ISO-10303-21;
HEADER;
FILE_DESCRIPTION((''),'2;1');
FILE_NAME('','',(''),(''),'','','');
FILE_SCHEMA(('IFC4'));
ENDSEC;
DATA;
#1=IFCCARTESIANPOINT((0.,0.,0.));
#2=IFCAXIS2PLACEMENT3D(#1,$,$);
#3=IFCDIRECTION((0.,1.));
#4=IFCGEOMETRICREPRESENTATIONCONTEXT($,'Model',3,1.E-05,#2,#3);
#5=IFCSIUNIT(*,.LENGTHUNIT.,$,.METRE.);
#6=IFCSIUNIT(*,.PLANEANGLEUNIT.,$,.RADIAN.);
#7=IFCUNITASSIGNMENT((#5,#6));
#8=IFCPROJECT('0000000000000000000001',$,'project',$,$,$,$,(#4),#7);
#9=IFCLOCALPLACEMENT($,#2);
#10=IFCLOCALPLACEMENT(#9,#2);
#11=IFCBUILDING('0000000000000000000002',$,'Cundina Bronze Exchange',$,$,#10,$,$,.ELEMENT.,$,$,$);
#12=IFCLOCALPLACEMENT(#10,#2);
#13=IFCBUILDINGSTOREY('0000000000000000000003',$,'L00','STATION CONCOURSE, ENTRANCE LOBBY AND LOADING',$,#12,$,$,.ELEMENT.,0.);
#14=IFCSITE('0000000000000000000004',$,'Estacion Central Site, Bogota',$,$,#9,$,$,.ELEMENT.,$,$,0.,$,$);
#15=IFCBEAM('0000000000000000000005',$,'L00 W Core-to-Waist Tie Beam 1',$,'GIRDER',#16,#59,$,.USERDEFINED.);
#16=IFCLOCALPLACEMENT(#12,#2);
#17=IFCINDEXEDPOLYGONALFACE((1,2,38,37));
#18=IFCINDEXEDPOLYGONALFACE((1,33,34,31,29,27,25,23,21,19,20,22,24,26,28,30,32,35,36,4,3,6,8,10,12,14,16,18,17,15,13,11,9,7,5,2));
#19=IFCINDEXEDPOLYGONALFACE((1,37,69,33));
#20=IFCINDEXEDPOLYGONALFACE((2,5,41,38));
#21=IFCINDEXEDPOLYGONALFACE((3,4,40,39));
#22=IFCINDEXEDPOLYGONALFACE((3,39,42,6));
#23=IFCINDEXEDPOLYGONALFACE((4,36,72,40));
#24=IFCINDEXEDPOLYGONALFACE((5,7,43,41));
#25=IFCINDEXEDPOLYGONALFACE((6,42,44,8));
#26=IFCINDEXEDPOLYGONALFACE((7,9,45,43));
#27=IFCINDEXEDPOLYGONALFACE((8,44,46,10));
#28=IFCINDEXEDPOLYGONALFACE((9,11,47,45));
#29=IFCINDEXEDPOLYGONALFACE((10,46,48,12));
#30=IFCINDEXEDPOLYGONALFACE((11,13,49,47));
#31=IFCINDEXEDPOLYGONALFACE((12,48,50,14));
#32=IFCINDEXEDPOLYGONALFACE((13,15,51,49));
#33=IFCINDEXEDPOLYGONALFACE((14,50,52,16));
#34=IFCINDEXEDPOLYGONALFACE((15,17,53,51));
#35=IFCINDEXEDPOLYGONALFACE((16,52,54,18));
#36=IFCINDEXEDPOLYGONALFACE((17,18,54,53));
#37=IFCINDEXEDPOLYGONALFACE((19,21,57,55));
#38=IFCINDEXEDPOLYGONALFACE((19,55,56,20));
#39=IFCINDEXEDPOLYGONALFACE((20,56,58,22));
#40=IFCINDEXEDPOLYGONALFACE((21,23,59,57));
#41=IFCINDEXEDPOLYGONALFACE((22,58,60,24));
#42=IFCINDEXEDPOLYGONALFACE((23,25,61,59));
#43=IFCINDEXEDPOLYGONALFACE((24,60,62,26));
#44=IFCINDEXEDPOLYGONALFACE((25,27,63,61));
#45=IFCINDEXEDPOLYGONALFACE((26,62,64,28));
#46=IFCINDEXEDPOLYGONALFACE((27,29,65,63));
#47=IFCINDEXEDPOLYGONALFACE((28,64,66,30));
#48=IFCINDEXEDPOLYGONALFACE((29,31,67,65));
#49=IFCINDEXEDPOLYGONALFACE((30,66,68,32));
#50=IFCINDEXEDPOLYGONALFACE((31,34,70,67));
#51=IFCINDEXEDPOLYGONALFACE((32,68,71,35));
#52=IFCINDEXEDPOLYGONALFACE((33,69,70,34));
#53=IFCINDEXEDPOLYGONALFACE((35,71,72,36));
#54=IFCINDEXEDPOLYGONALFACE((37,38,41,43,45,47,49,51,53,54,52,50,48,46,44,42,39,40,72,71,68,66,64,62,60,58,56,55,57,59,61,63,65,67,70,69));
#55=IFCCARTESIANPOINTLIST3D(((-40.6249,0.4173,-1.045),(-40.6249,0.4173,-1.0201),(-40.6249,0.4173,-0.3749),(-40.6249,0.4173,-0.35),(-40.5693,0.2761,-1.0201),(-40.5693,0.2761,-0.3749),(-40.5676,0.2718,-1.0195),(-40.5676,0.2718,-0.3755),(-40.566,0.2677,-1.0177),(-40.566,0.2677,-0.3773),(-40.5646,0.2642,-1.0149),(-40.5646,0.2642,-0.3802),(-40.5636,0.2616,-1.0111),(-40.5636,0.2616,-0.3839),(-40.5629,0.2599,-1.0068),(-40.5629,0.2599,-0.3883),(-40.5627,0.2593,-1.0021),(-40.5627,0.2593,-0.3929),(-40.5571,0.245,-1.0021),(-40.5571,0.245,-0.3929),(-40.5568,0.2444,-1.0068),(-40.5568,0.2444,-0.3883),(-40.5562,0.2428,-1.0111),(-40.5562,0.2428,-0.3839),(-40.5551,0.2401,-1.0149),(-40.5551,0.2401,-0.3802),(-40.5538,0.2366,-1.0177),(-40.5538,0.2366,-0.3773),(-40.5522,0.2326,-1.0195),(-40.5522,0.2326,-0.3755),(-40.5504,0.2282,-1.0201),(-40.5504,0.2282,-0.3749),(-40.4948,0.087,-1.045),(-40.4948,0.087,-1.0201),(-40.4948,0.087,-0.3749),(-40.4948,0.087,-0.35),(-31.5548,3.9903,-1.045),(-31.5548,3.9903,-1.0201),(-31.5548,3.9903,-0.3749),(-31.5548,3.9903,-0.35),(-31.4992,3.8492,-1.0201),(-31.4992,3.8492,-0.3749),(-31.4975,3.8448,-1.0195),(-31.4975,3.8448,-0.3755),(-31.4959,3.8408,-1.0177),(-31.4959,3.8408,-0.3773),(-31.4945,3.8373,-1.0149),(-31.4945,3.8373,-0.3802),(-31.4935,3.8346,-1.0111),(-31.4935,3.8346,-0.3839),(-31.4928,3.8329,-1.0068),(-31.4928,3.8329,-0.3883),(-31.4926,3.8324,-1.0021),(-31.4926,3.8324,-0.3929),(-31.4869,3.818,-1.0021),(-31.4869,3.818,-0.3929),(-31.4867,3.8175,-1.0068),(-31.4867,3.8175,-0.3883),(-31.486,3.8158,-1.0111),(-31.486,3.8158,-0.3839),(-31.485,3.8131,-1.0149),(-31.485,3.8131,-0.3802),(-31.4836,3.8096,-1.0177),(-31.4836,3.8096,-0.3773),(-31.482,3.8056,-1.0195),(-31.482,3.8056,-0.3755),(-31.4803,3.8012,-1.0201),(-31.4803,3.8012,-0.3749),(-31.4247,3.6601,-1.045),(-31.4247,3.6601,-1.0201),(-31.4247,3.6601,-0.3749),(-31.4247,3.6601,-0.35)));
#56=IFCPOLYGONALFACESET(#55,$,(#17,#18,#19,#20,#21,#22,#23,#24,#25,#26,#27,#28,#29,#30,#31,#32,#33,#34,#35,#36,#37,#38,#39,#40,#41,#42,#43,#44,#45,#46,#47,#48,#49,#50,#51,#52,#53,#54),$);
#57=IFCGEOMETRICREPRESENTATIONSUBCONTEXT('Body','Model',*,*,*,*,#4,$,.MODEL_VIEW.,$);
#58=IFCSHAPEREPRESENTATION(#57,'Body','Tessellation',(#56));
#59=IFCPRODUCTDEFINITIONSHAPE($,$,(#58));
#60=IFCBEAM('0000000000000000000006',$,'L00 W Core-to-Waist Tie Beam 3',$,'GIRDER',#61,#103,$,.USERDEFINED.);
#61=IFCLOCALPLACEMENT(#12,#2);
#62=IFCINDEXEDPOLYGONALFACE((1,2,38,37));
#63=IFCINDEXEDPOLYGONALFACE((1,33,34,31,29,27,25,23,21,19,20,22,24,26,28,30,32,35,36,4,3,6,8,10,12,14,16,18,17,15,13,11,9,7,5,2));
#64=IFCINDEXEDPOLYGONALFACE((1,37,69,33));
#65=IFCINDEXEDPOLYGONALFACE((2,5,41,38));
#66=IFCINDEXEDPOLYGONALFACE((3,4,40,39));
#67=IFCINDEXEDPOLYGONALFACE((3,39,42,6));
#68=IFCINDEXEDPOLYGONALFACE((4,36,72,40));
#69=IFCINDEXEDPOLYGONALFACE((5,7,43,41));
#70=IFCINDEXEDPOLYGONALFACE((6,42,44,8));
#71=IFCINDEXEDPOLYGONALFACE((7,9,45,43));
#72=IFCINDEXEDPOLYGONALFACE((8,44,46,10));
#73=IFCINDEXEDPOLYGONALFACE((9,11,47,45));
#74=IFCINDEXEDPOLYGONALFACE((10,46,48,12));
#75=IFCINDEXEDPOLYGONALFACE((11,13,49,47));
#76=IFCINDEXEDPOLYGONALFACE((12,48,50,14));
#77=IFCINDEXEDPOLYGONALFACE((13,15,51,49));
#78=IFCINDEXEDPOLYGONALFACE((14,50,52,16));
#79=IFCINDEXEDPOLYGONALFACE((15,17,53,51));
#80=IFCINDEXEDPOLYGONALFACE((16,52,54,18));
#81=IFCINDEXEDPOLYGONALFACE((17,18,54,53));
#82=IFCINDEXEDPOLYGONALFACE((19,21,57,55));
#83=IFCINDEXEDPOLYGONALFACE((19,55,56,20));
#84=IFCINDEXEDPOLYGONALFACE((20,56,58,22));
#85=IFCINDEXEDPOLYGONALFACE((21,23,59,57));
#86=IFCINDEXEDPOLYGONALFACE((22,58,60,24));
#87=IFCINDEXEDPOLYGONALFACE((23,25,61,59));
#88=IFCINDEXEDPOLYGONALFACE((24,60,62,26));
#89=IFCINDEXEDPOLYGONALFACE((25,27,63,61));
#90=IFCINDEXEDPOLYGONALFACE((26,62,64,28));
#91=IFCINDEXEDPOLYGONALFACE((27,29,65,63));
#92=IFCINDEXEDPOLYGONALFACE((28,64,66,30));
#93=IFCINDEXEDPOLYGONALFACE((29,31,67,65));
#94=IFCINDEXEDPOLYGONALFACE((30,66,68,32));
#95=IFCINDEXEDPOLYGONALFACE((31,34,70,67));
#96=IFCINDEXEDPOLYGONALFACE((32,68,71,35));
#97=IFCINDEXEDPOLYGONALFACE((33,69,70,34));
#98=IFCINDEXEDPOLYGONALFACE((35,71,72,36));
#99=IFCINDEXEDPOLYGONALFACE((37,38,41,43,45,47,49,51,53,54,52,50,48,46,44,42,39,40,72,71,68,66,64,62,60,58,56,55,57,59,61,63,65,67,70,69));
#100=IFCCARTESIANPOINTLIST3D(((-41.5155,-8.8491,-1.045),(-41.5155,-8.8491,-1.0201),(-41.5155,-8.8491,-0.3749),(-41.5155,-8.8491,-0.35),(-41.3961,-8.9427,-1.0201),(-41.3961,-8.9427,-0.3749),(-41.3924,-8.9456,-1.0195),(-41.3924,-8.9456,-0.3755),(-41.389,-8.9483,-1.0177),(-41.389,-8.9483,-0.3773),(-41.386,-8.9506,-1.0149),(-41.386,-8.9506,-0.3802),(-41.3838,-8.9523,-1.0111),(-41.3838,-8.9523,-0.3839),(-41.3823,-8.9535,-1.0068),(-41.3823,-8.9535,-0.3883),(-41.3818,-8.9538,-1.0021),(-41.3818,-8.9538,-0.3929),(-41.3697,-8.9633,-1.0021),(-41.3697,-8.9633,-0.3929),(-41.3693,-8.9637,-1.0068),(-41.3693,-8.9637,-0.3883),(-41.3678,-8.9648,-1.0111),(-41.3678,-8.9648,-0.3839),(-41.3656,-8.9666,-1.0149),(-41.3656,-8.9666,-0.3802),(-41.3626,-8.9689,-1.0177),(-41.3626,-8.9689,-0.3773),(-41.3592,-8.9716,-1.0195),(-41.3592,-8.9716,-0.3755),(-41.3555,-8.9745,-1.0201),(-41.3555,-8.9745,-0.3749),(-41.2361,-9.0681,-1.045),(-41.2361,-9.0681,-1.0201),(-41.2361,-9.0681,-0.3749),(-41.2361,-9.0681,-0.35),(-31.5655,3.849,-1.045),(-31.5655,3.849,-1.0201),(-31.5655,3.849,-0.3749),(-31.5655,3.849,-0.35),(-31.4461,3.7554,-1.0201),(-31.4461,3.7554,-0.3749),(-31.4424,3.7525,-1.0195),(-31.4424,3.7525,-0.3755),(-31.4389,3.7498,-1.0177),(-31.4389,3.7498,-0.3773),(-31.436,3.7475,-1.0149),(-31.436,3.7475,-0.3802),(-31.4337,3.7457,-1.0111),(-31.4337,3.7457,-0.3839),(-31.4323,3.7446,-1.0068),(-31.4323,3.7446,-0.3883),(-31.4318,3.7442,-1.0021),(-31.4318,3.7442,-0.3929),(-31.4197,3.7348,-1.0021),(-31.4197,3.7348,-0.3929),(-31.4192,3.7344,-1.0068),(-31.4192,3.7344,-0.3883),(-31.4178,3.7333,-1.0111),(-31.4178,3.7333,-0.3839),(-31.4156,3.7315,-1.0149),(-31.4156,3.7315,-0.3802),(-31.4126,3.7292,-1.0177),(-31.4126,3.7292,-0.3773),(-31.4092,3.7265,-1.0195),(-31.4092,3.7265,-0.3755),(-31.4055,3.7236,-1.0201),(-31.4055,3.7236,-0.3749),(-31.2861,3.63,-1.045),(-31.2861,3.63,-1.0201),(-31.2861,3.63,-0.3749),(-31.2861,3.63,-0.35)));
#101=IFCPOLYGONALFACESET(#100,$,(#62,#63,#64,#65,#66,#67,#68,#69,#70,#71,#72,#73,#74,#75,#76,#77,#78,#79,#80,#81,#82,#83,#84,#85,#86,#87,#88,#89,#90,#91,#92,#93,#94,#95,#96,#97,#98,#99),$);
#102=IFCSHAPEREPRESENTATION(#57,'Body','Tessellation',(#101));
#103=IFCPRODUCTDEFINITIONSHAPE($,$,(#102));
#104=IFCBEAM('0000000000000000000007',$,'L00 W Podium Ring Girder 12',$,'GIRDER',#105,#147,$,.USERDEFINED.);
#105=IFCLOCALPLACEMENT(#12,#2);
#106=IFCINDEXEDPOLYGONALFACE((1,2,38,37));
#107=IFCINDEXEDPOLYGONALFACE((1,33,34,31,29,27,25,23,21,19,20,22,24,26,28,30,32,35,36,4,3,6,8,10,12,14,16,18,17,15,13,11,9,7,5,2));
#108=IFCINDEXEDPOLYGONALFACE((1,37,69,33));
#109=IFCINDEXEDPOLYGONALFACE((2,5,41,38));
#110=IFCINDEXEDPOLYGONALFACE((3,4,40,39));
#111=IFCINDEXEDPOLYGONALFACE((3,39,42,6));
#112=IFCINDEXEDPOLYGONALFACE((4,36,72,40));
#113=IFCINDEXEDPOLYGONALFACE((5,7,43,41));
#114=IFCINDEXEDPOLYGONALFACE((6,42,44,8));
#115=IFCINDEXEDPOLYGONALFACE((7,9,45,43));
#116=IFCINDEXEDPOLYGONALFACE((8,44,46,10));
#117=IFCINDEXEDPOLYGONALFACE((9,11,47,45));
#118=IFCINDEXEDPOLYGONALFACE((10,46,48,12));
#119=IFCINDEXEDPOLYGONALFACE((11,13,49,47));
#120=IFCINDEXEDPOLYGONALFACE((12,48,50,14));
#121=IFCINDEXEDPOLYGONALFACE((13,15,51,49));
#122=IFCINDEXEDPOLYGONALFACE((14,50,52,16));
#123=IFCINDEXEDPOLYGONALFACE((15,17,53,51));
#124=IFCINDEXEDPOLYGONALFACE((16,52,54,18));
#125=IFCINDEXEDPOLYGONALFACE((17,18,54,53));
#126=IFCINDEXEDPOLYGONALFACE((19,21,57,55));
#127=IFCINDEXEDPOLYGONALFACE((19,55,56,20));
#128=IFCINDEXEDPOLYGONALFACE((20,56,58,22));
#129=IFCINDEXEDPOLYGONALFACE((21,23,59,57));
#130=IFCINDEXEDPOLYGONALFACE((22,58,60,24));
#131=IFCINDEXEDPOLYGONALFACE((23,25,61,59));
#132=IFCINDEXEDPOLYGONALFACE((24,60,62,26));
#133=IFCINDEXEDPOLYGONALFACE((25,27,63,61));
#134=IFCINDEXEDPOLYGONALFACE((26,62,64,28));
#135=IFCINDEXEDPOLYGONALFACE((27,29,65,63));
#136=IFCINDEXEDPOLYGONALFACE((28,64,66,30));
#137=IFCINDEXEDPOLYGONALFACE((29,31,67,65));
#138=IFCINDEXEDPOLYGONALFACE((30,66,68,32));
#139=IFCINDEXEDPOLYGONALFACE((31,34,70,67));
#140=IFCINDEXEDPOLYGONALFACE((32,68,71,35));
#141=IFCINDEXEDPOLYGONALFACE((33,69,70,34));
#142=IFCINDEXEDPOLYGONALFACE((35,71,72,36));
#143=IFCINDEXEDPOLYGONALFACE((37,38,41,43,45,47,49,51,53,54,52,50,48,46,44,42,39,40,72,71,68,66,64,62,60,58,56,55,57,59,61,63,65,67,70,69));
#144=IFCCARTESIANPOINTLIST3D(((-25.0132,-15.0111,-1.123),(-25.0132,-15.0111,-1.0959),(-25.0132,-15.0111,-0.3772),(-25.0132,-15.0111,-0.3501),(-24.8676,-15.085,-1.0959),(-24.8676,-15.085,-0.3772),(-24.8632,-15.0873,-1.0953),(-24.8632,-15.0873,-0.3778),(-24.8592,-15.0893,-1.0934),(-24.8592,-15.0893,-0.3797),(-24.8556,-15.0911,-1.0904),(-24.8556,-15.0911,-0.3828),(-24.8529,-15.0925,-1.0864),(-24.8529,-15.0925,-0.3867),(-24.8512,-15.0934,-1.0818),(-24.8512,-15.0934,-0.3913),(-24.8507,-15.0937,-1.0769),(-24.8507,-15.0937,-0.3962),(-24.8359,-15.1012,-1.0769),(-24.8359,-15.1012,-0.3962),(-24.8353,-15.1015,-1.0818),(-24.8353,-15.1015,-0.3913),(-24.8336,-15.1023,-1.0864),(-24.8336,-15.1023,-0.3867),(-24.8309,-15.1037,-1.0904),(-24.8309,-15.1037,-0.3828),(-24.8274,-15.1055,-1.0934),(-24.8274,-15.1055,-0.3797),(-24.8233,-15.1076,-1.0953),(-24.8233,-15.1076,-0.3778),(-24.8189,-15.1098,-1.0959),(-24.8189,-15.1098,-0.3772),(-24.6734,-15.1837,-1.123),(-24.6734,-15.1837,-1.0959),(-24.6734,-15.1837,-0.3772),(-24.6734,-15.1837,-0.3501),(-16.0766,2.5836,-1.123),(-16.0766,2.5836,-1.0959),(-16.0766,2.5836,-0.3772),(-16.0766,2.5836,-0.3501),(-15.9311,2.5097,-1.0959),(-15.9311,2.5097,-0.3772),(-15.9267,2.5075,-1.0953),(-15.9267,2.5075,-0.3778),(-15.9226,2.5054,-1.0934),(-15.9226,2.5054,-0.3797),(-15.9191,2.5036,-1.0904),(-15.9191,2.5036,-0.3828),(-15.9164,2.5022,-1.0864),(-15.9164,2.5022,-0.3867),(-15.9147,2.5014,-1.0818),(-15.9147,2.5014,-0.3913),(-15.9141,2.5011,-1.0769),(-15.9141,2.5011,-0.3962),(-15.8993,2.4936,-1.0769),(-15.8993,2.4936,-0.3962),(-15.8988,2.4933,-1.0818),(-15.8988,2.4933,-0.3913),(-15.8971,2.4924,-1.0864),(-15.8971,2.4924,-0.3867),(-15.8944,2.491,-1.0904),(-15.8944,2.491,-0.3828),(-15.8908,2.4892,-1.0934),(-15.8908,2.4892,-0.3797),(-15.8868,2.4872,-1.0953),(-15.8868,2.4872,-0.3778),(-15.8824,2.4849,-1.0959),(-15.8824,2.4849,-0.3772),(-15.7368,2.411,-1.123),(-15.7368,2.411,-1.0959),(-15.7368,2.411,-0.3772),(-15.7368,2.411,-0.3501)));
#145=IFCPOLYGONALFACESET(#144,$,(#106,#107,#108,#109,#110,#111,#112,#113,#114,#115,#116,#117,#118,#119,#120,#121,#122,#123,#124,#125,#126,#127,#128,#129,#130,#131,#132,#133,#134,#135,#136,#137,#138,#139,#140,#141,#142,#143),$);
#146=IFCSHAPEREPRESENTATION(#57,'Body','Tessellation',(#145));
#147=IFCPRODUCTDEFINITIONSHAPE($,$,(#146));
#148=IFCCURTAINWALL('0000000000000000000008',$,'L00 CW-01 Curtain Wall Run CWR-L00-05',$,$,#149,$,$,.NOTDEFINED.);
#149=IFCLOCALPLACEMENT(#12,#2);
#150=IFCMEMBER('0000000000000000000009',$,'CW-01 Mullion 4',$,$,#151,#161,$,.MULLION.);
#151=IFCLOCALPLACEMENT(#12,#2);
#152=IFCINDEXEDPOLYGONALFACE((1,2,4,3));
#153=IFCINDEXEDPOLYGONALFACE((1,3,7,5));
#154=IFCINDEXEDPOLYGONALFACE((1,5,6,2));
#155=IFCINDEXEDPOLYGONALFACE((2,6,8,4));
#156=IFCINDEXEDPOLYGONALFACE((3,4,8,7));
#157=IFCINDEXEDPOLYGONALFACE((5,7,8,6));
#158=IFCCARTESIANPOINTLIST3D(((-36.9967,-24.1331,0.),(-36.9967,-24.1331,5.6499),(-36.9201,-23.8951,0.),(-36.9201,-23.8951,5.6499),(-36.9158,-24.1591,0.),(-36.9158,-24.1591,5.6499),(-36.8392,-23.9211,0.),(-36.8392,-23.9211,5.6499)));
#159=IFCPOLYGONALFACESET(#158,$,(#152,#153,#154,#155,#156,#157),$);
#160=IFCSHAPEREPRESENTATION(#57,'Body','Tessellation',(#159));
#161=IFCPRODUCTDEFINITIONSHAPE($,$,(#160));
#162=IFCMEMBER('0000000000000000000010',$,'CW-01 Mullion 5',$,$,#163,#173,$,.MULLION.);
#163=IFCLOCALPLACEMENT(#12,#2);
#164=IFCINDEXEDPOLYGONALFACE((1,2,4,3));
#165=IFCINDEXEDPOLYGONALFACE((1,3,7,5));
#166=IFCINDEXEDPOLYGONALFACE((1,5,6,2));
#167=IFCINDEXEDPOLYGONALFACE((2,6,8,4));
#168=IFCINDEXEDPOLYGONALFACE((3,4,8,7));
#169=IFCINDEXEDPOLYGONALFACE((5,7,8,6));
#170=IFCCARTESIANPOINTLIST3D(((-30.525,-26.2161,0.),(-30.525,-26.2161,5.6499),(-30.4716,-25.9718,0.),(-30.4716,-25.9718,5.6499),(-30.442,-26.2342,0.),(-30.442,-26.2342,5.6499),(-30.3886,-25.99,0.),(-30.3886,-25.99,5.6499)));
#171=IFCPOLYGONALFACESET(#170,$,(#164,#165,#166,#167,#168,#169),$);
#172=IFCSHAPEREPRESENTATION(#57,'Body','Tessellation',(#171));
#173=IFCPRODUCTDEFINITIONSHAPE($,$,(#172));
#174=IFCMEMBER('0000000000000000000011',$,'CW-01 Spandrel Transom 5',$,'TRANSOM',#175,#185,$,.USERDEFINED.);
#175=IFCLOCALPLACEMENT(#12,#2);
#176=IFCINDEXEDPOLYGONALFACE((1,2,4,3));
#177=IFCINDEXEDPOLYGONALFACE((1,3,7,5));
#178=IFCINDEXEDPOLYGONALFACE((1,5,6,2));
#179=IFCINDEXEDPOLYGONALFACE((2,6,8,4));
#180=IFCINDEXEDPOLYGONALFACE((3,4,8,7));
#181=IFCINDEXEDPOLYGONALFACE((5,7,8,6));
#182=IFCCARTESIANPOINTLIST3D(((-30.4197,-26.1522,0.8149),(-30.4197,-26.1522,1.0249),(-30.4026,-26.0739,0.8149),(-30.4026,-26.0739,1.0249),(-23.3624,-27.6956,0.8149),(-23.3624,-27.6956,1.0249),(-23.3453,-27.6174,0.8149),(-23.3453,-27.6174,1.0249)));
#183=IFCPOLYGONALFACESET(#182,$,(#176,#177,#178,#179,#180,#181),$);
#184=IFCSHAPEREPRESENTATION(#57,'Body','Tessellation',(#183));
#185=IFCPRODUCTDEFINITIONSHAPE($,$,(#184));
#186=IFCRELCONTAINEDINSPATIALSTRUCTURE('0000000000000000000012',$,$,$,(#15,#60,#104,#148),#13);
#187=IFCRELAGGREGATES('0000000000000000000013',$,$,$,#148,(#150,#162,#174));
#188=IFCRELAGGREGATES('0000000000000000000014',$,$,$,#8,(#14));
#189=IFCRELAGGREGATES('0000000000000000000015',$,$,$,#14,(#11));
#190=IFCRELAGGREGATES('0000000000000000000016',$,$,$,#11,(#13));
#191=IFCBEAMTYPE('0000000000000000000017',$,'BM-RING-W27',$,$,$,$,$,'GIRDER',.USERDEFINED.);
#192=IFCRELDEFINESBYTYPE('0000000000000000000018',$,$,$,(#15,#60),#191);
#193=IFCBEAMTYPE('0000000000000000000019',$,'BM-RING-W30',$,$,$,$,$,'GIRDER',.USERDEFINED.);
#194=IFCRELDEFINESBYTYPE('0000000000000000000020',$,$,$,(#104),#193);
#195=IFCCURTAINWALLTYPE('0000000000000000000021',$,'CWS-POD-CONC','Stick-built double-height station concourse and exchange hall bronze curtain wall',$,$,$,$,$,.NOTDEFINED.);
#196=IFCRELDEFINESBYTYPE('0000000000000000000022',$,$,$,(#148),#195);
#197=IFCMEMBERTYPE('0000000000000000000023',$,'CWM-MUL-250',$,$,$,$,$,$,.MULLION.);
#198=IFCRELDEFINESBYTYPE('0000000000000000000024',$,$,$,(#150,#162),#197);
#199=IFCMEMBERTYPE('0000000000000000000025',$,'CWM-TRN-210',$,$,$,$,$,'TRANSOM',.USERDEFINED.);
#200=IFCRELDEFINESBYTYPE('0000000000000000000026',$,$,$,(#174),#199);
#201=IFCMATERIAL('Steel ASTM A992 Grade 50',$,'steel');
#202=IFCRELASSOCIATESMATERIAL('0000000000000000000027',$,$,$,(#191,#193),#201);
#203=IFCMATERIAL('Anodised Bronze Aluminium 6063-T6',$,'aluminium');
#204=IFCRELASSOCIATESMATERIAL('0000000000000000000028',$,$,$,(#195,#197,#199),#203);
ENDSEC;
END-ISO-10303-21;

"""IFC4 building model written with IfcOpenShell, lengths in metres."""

from ifc_helpers import new_model, si_unit, direction, frame, origin, origin_2d, place, context, subcontext, project, spatial, rectangle, i_section, extrude, material, material_profile, profile_set, type_object, element, aggregate, save


model = new_model("IFC4")

# Units and contexts
model_context = context("Model", 3, precision=1e-05, world=origin(), true_north=direction((0.0, 1.0)))
body_context = subcontext(model_context, "Body", "Model", "MODEL_VIEW")
ifc_project = project(units=[si_unit("LENGTHUNIT", "METRE"), si_unit("PLANEANGLEUNIT", "RADIAN")], contexts=[model_context])

# Site, building, storey
site_placement = place(None, origin())
site = spatial("IfcSite", under=ifc_project, at=site_placement, Name="Estacion Central Site, Bogota", CompositionType="ELEMENT", RefElevation=0.0)
building_placement = place(site_placement, origin())
building = spatial("IfcBuilding", under=site, at=building_placement, Name="Cundina Bronze Exchange", CompositionType="ELEMENT")
storey_placement = place(building_placement, origin())
storey = spatial("IfcBuildingStorey", under=building, at=storey_placement, Name="L00", Description="STATION CONCOURSE, ENTRANCE LOBBY AND LOADING", CompositionType="ELEMENT", Elevation=0.0)

# Beams
ifc_material_1 = material(Name="Steel ASTM A992 Grade 50", Category="steel")
ifc_material_profile_1 = material_profile(ifc_material_1, i_section(OverallWidth=0.355, OverallDepth=0.6951, WebThickness=0.0154, FlangeThickness=0.0249, FilletRadius=0.0181, at=origin_2d()), Name="W27X146", Category="steel")
ifc_profile_set_1 = profile_set([ifc_material_profile_1], Name="Steel ASTM A992 Grade 50")
beam_type_1 = type_object("IfcBeamType", Name="BM-RING-W27", ElementType="GIRDER", PredefinedType="USERDEFINED", material=ifc_profile_set_1)
beam_1_placement = place(storey_placement, frame((-31.4897, 3.8252, -0.6975), z_axis=(-0.93041, -0.366519, 0.0), x_axis=(0.366519, -0.93041, 0.0)))
element("IfcBeam", 1, at=beam_1_placement, inside=storey, type_object=beam_type_1, Name="L00 W Core-to-Waist Tie Beam 1", ObjectType="GIRDER", PredefinedType="USERDEFINED", context=body_context, shape_type="SweptSolid", body=[
    extrude(i_section(OverallWidth=0.355, OverallDepth=0.6951, WebThickness=0.0154, FlangeThickness=0.0249, FilletRadius=0.0181, at=origin_2d()), origin(), (0.0, 0.0, 1.0), 9.7485),
])
beam_2_placement = place(storey_placement, frame((-31.4258, 3.7395, -0.6975), z_axis=(-0.616784, -0.787132, 0.0), x_axis=(0.787132, -0.616784, 0.0)))
element("IfcBeam", 2, at=beam_2_placement, inside=storey, type_object=beam_type_1, Name="L00 W Core-to-Waist Tie Beam 3", ObjectType="GIRDER", PredefinedType="USERDEFINED", context=body_context, shape_type="SweptSolid", body=[
    extrude(i_section(OverallWidth=0.355, OverallDepth=0.6951, WebThickness=0.0154, FlangeThickness=0.0249, FilletRadius=0.0181, at=origin_2d()), origin(), (0.0, 0.0, 1.0), 16.1321),
])
ifc_material_profile_2 = material_profile(ifc_material_1, i_section(OverallWidth=0.3811, OverallDepth=0.7729, WebThickness=0.0166, FlangeThickness=0.0271, FilletRadius=0.019, at=origin_2d()), Name="W30X173", Category="steel")
ifc_profile_set_2 = profile_set([ifc_material_profile_2], Name="Steel ASTM A992 Grade 50")
beam_type_2 = type_object("IfcBeamType", Name="BM-RING-W30", ElementType="GIRDER", PredefinedType="USERDEFINED", material=ifc_profile_set_2)
beam_3_placement = place(storey_placement, frame((-24.8433, -15.0974, -0.7366), z_axis=(0.452846, 0.891589, 0.0), x_axis=(-0.891589, 0.452846, 0.0)))
element("IfcBeam", 3, at=beam_3_placement, inside=storey, type_object=beam_type_2, Name="L00 W Podium Ring Girder 12", ObjectType="GIRDER", PredefinedType="USERDEFINED", context=body_context, shape_type="SweptSolid", body=[
    extrude(i_section(OverallWidth=0.3811, OverallDepth=0.7729, WebThickness=0.0166, FlangeThickness=0.0271, FilletRadius=0.019, at=origin_2d()), origin(), (0.0, 0.0, 1.0), 19.7341),
])

# Curtain wall, members
ifc_material_2 = material(Name="Anodised Bronze Aluminium 6063-T6", Category="aluminium")
curtain_wall_type = type_object("IfcCurtainWallType", Name="CWS-POD-CONC", Description="Stick-built double-height station concourse and exchange hall bronze curtain wall", PredefinedType="NOTDEFINED", material=ifc_material_2)
curtain_wall_placement = place(storey_placement, origin())
curtain_wall = element("IfcCurtainWall", 4, at=curtain_wall_placement, inside=storey, type_object=curtain_wall_type, Name="L00 CW-01 Curtain Wall Run CWR-L00-05", PredefinedType="NOTDEFINED")
ifc_material_profile_3 = material_profile(ifc_material_2, rectangle(XDim=0.085, YDim=0.25, at=origin_2d()), Name="AL85X250", Category="aluminium")
ifc_profile_set_3 = profile_set([ifc_material_profile_3], Name="Anodised Bronze Aluminium 6063-T6")
member_type_1 = type_object("IfcMemberType", Name="CWM-MUL-250", PredefinedType="MULLION", material=ifc_profile_set_3)
member_1_placement = place(storey_placement, frame((-36.918, -24.0271, 0.0), z_axis=(0.0, 0.0, 1.0), x_axis=(0.951862, -0.306526, 0.0)))
member_1 = element("IfcMember", 5, at=member_1_placement, type_object=member_type_1, Name="CW-01 Mullion 4", PredefinedType="MULLION", context=body_context, shape_type="SweptSolid", body=[
    extrude(rectangle(XDim=0.085, YDim=0.25, at=origin_2d()), origin(), (0.0, 0.0, 1.0), 5.6499),
])
member_2_placement = place(storey_placement, frame((-30.4568, -26.103, 0.0), z_axis=(0.0, 0.0, 1.0), x_axis=(0.976897, -0.213712, 0.0)))
member_2 = element("IfcMember", 6, at=member_2_placement, type_object=member_type_1, Name="CW-01 Mullion 5", PredefinedType="MULLION", context=body_context, shape_type="SweptSolid", body=[
    extrude(rectangle(XDim=0.085, YDim=0.25, at=origin_2d()), origin(), (0.0, 0.0, 1.0), 5.6499),
])
ifc_material_profile_4 = material_profile(ifc_material_2, rectangle(XDim=0.0801, YDim=0.21, at=origin_2d()), Name="AL80X210", Category="aluminium")
ifc_profile_set_4 = profile_set([ifc_material_profile_4], Name="Anodised Bronze Aluminium 6063-T6")
member_type_2 = type_object("IfcMemberType", Name="CWM-TRN-210", ElementType="TRANSOM", PredefinedType="USERDEFINED", material=ifc_profile_set_4)
member_3_placement = place(storey_placement, frame((-30.4111, -26.113, 0.9199), z_axis=(0.97691, -0.213652, 0.0), x_axis=(0.213652, 0.97691, 0.0)))
member_3 = element("IfcMember", 7, at=member_3_placement, type_object=member_type_2, Name="CW-01 Spandrel Transom 5", ObjectType="TRANSOM", PredefinedType="USERDEFINED", context=body_context, shape_type="SweptSolid", body=[
    extrude(rectangle(XDim=0.0801, YDim=0.21, at=origin_2d()), origin(), (0.0, 0.0, 1.0), 7.2241),
])
aggregate(curtain_wall, [member_1, member_2, member_3])

save(model, "model.ifc")
